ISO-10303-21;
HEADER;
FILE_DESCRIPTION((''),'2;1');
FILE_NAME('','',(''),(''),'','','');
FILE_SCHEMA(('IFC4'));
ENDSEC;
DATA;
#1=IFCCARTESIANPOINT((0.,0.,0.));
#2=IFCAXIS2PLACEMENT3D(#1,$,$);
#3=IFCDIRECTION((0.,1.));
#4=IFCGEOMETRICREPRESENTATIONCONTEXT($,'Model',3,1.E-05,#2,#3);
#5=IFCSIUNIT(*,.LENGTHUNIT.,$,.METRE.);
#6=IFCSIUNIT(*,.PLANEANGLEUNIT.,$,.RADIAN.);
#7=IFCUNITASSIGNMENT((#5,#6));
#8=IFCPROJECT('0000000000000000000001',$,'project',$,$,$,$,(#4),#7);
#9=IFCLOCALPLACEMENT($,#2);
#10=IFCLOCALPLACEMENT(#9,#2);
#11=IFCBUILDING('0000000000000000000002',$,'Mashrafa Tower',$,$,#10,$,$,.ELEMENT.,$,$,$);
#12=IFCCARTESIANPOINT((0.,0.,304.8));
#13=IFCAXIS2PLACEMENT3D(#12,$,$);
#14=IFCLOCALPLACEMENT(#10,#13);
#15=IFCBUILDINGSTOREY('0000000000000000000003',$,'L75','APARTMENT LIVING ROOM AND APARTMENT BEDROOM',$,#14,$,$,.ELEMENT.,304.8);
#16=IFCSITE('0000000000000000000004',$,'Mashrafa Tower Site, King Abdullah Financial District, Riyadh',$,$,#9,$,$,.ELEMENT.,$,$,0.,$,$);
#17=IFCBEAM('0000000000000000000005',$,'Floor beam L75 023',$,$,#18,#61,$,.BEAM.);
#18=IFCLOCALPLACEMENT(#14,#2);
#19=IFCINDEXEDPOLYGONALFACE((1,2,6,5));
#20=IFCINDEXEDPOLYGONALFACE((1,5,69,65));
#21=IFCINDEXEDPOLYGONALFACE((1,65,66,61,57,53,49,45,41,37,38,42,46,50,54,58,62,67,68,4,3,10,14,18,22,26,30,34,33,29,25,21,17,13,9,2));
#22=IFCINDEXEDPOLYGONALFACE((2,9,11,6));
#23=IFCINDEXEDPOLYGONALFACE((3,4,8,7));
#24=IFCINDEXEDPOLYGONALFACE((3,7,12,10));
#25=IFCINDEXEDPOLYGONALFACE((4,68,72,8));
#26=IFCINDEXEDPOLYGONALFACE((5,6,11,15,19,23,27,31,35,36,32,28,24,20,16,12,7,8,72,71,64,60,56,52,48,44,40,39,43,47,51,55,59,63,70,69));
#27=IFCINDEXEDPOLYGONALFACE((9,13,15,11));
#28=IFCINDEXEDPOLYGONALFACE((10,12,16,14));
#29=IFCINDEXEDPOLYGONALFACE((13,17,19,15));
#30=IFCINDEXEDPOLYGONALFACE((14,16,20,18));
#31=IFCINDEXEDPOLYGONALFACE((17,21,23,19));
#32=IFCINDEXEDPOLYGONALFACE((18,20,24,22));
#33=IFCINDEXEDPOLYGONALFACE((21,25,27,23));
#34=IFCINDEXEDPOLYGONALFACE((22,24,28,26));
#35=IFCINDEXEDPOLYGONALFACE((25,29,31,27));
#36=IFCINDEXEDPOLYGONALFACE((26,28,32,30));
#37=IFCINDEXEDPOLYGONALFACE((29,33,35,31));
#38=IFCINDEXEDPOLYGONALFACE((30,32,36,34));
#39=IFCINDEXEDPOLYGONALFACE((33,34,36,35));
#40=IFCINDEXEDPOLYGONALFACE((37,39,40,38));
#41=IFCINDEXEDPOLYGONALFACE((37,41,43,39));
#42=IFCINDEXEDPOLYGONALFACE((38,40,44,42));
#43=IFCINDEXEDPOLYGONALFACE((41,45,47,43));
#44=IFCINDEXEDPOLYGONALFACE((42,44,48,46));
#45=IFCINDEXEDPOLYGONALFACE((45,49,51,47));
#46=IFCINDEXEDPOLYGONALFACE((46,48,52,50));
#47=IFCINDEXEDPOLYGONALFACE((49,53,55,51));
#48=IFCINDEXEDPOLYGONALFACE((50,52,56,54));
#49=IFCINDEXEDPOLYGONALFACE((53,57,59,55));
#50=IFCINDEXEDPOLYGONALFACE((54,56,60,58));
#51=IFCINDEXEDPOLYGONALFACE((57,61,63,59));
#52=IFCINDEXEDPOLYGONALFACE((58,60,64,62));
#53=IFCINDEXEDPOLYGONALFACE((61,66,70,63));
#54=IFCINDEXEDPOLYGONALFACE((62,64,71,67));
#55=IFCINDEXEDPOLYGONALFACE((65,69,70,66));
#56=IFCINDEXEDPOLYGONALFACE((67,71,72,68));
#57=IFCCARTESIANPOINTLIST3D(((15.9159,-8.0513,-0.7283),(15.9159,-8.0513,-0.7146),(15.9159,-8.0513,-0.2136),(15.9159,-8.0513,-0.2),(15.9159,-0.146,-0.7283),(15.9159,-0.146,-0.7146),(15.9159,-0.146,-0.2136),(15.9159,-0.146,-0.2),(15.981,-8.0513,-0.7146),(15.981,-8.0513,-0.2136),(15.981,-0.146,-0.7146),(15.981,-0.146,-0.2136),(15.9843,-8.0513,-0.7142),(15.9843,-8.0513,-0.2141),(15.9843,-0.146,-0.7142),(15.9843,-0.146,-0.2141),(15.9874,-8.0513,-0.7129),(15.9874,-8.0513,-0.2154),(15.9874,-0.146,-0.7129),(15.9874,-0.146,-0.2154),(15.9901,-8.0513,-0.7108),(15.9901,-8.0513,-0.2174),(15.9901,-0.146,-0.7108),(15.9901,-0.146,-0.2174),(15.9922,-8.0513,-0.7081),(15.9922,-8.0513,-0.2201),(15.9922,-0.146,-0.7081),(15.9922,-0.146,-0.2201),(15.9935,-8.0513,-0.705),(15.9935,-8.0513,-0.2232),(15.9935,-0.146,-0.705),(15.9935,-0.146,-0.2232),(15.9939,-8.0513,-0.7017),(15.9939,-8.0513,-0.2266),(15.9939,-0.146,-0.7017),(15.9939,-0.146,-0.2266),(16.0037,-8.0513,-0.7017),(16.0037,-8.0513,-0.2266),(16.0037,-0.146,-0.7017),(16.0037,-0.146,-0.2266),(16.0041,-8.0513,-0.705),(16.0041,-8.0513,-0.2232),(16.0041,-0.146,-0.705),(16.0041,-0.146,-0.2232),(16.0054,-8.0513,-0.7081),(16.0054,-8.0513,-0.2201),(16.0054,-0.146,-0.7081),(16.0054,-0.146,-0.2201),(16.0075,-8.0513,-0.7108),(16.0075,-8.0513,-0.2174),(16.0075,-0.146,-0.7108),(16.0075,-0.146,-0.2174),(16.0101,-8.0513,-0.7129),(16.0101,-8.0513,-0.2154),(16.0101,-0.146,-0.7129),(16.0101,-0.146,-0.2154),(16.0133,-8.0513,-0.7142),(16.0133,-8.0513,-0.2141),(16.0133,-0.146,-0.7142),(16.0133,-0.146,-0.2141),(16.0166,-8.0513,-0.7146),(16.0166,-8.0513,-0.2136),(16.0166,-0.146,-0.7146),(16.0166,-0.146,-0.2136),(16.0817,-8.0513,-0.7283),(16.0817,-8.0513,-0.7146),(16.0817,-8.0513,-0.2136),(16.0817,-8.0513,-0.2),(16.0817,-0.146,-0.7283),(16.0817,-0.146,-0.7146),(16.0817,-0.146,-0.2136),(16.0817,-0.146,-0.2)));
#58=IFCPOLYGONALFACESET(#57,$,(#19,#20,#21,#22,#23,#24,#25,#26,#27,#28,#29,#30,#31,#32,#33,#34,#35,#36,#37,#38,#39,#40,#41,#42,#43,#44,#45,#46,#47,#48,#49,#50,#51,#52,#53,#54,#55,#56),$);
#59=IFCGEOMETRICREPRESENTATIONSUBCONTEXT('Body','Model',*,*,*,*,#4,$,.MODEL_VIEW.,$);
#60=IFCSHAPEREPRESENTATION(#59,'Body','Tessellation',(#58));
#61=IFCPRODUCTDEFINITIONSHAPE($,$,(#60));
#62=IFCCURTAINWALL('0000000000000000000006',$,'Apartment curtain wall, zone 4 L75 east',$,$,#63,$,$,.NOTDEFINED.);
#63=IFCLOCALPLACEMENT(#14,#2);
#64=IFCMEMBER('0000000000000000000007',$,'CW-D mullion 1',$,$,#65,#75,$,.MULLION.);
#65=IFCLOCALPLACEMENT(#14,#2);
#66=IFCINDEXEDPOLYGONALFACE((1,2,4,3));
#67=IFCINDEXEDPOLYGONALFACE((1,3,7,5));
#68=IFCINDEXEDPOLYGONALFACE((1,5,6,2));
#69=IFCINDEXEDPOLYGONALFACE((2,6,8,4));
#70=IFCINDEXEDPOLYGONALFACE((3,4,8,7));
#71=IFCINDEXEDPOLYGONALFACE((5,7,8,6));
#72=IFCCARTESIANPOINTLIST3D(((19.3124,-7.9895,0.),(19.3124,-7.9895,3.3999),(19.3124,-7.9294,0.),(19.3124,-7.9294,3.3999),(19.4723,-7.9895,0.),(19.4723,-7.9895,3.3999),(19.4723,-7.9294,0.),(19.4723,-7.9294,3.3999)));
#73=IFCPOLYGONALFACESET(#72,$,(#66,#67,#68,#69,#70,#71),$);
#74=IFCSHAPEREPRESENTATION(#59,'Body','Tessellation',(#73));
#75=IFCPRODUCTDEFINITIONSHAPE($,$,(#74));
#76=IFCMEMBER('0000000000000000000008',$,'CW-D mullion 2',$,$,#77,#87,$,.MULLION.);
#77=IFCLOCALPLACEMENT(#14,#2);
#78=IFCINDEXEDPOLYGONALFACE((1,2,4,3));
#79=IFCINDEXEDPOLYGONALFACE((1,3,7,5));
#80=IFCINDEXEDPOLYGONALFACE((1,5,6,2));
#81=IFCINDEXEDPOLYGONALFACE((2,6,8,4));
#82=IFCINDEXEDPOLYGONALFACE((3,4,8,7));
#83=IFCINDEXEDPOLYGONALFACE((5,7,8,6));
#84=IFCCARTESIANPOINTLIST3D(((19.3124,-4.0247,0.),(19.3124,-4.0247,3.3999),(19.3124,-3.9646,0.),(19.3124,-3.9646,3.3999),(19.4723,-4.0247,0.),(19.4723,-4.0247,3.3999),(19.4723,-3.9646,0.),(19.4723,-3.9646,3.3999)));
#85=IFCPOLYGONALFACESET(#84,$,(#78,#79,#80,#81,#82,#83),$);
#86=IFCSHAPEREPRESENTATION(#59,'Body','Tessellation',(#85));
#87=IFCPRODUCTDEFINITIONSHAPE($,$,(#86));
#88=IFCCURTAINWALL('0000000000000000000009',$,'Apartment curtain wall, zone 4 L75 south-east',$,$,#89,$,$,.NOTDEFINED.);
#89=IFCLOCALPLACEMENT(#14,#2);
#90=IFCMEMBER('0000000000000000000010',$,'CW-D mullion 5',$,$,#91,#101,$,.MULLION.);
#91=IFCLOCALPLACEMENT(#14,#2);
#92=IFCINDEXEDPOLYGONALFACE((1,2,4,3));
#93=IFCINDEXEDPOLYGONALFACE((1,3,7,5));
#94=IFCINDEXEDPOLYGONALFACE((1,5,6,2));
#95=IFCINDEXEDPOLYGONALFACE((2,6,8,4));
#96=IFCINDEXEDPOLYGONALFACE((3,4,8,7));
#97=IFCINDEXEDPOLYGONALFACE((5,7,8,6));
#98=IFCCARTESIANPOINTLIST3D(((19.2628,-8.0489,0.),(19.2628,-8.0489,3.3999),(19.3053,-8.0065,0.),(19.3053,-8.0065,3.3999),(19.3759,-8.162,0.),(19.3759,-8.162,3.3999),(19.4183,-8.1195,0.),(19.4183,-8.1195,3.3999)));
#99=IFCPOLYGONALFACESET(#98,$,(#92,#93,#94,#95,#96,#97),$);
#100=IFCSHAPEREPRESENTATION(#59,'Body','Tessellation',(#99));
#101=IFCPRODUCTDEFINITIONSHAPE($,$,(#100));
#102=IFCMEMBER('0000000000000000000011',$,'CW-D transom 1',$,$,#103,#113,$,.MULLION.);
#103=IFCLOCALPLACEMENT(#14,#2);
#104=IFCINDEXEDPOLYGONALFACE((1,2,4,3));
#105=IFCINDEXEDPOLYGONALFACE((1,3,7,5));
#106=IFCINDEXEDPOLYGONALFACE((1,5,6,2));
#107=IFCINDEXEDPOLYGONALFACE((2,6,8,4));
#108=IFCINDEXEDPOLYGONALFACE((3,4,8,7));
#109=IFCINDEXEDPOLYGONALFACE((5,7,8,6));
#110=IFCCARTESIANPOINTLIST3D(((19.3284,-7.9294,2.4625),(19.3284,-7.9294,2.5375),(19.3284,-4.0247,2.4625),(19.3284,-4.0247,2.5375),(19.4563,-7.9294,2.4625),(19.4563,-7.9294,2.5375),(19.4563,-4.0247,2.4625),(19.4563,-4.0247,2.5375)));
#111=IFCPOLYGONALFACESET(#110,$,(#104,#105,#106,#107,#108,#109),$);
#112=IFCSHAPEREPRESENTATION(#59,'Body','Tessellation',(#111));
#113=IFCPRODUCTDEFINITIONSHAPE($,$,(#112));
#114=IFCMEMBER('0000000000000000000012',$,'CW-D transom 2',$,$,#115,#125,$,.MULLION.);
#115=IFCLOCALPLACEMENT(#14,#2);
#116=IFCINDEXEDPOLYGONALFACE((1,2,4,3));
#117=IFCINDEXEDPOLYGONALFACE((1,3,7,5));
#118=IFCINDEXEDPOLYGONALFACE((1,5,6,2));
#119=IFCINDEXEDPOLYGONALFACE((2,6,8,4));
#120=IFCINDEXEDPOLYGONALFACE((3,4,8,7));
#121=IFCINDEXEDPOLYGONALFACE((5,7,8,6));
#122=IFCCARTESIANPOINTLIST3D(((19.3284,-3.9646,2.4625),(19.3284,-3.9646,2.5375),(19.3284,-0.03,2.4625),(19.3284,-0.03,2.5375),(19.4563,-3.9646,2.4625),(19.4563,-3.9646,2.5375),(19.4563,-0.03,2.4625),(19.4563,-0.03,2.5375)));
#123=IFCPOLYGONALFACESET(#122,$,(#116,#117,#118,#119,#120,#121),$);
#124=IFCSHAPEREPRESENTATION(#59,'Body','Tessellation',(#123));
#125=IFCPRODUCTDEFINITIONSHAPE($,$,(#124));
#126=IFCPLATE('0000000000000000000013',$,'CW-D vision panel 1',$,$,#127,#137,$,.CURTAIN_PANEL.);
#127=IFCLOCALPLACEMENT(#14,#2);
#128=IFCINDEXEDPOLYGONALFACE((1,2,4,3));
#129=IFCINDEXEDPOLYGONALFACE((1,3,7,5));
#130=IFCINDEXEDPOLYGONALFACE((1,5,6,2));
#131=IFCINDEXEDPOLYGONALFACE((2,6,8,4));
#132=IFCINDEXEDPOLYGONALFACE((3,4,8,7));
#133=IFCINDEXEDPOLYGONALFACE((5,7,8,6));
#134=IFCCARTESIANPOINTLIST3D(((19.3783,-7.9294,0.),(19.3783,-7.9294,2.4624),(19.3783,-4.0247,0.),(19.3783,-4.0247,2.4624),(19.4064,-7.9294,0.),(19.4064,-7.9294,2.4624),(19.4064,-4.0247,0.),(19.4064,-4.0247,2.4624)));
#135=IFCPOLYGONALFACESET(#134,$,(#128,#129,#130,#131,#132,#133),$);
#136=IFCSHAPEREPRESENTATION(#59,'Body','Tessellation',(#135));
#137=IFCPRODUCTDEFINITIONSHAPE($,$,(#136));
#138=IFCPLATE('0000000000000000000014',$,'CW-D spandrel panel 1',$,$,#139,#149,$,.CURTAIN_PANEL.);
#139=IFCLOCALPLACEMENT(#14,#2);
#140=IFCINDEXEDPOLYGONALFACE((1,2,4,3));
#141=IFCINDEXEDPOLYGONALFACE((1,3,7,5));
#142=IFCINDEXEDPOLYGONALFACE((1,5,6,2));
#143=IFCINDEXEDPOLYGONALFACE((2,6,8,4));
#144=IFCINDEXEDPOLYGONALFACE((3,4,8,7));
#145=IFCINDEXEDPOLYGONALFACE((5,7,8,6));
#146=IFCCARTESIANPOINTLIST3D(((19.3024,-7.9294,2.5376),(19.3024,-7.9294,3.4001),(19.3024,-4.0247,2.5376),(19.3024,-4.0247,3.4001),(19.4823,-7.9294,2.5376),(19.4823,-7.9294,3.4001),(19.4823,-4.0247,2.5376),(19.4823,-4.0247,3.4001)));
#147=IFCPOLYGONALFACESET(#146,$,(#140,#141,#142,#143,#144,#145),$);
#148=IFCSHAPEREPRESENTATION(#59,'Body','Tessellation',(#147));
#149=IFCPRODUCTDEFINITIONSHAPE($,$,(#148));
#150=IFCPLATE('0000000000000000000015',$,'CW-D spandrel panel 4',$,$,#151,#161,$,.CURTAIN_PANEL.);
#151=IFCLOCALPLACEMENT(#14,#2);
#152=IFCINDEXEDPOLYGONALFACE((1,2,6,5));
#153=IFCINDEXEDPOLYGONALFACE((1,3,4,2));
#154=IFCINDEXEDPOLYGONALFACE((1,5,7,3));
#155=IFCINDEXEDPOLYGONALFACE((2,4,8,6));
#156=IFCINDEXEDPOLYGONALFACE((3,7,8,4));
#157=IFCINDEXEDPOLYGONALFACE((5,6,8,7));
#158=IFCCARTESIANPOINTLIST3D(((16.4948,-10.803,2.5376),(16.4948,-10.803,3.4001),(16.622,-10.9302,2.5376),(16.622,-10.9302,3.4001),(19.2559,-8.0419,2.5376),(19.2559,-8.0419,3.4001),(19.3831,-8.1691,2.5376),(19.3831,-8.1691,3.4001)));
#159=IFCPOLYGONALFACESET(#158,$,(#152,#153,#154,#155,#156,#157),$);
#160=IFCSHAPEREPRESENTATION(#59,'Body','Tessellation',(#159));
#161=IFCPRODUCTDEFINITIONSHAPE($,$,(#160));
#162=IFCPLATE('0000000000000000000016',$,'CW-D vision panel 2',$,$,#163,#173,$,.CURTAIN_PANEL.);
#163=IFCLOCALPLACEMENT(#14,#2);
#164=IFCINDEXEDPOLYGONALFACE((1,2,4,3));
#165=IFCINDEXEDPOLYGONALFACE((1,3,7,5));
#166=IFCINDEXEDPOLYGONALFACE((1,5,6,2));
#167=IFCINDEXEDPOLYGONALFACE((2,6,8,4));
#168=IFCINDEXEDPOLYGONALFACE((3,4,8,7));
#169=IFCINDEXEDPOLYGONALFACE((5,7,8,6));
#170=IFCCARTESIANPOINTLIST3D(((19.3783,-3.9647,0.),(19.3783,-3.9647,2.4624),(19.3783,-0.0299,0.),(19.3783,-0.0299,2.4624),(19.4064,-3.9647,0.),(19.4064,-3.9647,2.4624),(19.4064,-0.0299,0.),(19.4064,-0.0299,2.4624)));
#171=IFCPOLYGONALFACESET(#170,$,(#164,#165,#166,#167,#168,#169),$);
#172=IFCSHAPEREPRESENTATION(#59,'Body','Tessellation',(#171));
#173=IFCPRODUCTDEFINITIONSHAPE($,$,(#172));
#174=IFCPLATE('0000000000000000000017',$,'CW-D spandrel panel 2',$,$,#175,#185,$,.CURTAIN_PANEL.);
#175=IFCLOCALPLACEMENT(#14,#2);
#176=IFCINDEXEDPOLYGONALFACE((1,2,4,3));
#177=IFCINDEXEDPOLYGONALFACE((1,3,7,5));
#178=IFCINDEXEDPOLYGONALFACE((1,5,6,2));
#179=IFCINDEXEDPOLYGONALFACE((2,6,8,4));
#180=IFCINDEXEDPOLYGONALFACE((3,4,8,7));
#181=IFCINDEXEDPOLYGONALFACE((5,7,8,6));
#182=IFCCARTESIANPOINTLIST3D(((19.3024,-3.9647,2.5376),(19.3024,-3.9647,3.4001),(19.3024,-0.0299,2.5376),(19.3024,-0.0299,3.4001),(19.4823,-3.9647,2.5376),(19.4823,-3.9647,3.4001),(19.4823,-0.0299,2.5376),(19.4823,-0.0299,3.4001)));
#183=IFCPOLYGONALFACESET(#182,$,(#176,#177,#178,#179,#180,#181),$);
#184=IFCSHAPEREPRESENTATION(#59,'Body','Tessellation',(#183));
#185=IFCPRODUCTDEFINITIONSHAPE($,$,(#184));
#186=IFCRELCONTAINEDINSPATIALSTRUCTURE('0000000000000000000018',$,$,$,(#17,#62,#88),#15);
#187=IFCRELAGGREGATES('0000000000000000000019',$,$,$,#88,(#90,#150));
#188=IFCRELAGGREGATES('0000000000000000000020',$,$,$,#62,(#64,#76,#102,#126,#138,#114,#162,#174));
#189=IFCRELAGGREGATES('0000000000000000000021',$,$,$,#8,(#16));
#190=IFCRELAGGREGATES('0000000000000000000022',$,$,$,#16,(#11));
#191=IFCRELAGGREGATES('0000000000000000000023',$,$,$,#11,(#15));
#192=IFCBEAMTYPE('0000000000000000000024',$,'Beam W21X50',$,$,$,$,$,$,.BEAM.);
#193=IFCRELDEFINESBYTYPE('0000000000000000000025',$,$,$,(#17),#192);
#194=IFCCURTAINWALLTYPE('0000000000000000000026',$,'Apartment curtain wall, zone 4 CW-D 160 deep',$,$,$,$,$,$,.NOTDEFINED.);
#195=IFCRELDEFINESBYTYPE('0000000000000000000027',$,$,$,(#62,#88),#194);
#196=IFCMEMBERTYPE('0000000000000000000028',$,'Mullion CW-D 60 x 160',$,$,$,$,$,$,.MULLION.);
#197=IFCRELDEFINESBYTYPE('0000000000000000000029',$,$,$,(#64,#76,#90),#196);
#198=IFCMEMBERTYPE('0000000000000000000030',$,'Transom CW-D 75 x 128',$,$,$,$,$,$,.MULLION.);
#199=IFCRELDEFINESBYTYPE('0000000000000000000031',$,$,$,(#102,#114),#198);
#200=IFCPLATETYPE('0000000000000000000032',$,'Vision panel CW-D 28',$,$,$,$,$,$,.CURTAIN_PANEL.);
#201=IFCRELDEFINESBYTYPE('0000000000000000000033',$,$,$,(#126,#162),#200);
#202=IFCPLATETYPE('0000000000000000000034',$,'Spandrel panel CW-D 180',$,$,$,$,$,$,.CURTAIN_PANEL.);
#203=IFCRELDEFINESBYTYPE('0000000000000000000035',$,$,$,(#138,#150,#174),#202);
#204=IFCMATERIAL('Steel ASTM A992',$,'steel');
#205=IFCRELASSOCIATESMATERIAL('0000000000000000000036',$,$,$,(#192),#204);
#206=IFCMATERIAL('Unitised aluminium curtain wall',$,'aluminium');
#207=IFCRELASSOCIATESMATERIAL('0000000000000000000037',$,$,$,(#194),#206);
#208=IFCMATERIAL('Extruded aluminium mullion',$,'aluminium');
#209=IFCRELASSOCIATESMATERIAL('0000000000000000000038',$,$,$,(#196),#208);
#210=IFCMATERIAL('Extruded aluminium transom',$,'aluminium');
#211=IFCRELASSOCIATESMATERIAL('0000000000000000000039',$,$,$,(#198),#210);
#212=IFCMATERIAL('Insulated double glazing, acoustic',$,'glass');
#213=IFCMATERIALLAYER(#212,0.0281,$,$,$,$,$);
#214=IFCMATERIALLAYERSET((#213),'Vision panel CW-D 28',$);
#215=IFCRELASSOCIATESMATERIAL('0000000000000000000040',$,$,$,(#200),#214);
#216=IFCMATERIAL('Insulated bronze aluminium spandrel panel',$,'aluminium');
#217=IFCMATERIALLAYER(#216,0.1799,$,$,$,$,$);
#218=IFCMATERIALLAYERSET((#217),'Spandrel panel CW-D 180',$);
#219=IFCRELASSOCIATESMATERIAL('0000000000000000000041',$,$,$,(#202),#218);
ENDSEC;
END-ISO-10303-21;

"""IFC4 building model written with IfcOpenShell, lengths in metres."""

from ifc_helpers import new_model, si_unit, direction, frame, origin, origin_2d, place, context, subcontext, project, spatial, rectangle, i_section, extrude, source, transform, mapped, material, layer, layer_set, material_profile, profile_set, type_object, type_shapes, element, aggregate, save


model = new_model("IFC4")

# Units and contexts
model_context = context("Model", 3, precision=1e-05, world=origin(), true_north=direction((0.0, 1.0)))
body_context = subcontext(model_context, "Body", "Model", "MODEL_VIEW")
ifc_project = project(units=[si_unit("LENGTHUNIT", "METRE"), si_unit("PLANEANGLEUNIT", "RADIAN")], contexts=[model_context])

# Site, building, storey
site_placement = place(None, origin())
site = spatial("IfcSite", under=ifc_project, at=site_placement, Name="Mashrafa Tower Site, King Abdullah Financial District, Riyadh", CompositionType="ELEMENT", RefElevation=0.0)
building_placement = place(site_placement, origin())
building = spatial("IfcBuilding", under=site, at=building_placement, Name="Mashrafa Tower", CompositionType="ELEMENT")
storey_placement = place(building_placement, frame((0.0, 0.0, 304.8)))
storey = spatial("IfcBuildingStorey", under=building, at=storey_placement, Name="L75", Description="APARTMENT LIVING ROOM AND APARTMENT BEDROOM", CompositionType="ELEMENT", Elevation=304.8)

# Beam
ifc_material_1 = material(Name="Steel ASTM A992", Category="steel")
ifc_material_profile_1 = material_profile(ifc_material_1, i_section(OverallWidth=0.1658, OverallDepth=0.5283, WebThickness=0.0098, FlangeThickness=0.0137, FilletRadius=0.0129, at=origin_2d()), Name="W21X50")
ifc_profile_set_1 = profile_set([ifc_material_profile_1], Name="Steel ASTM A992")
beam_type_1 = type_object("IfcBeamType", Name="Beam W21X50", PredefinedType="BEAM", material=ifc_profile_set_1)
beam_1_placement = place(storey_placement, frame((15.9988, -0.146, -0.4641), z_axis=(0.0, -1.0, 0.0), x_axis=(1.0, 0.0, 0.0)))
element("IfcBeam", 1, at=beam_1_placement, inside=storey, type_object=beam_type_1, Name="Floor beam L75 023", PredefinedType="BEAM", context=body_context, shape_type="SweptSolid", body=[
    extrude(i_section(OverallWidth=0.1658, OverallDepth=0.5283, WebThickness=0.0098, FlangeThickness=0.0137, FilletRadius=0.0129, at=origin_2d()), origin(), (0.0, 0.0, 1.0), 7.9053),
])

# Curtain wall, members
ifc_material_2 = material(Name="Unitised aluminium curtain wall", Category="aluminium")
curtain_wall_type = type_object("IfcCurtainWallType", Name="Apartment curtain wall, zone 4 CW-D 160 deep", PredefinedType="NOTDEFINED", material=ifc_material_2)
curtain_wall_1_placement = place(storey_placement, origin())
curtain_wall_1 = element("IfcCurtainWall", 2, at=curtain_wall_1_placement, inside=storey, type_object=curtain_wall_type, Name="Apartment curtain wall, zone 4 L75 east", PredefinedType="NOTDEFINED")
ifc_material_3 = material(Name="Extruded aluminium mullion", Category="aluminium")
ifc_material_profile_2 = material_profile(ifc_material_3, rectangle(XDim=0.1599, YDim=0.0601, at=origin_2d()), Name="Mullion 60x160")
ifc_profile_set_2 = profile_set([ifc_material_profile_2], Name="Extruded aluminium mullion")
member_type_1 = type_object("IfcMemberType", Name="Mullion CW-D 60 x 160", PredefinedType="MULLION", material=ifc_profile_set_2)
shared_shape_1 = source(origin(), body_context, "Body", "SweptSolid", [
    extrude(rectangle(XDim=0.1599, YDim=0.0601, at=origin_2d()), origin(), (0.0, 0.0, 1.0), 3.3999),
])
type_shapes(member_type_1, [shared_shape_1])
member_1_placement = place(storey_placement, frame((19.3923, -7.9595, 0.0), z_axis=(0.0, 0.0, 1.0), x_axis=(-1.0, 0.0, 0.0)))
member_1 = element("IfcMember", 3, at=member_1_placement, type_object=member_type_1, Name="CW-D mullion 1", PredefinedType="MULLION", context=body_context, shape_type="MappedRepresentation", body=[
    mapped(shared_shape_1, transform((0.0, 0.0, 0.0))),
])
member_2_placement = place(storey_placement, frame((19.3923, -3.9946, 0.0), z_axis=(0.0, 0.0, 1.0), x_axis=(-1.0, 0.0, 0.0)))
member_2 = element("IfcMember", 4, at=member_2_placement, type_object=member_type_1, Name="CW-D mullion 2", PredefinedType="MULLION", context=body_context, shape_type="MappedRepresentation", body=[
    mapped(shared_shape_1, transform((0.0, 0.0, 0.0))),
])

# Curtain wall, member
curtain_wall_2_placement = place(storey_placement, origin())
curtain_wall_2 = element("IfcCurtainWall", 5, at=curtain_wall_2_placement, inside=storey, type_object=curtain_wall_type, Name="Apartment curtain wall, zone 4 L75 south-east", PredefinedType="NOTDEFINED")
member_3_placement = place(storey_placement, frame((19.3406, -8.0842, 0.0), z_axis=(0.0, 0.0, 1.0), x_axis=(-0.707107, 0.707107, 0.0)))
member_3 = element("IfcMember", 6, at=member_3_placement, type_object=member_type_1, Name="CW-D mullion 5", PredefinedType="MULLION", context=body_context, shape_type="MappedRepresentation", body=[
    mapped(shared_shape_1, transform((0.0, 0.0, 0.0))),
])

# Members
ifc_material_4 = material(Name="Extruded aluminium transom", Category="aluminium")
ifc_material_profile_3 = material_profile(ifc_material_4, rectangle(XDim=0.1279, YDim=0.075, at=origin_2d()), Name="Transom 75x128")
ifc_profile_set_3 = profile_set([ifc_material_profile_3], Name="Extruded aluminium transom")
member_type_2 = type_object("IfcMemberType", Name="Transom CW-D 75 x 128", PredefinedType="MULLION", material=ifc_profile_set_3)
shared_shape_2 = source(origin(), body_context, "Body", "SweptSolid", [
    extrude(rectangle(XDim=0.1279, YDim=0.075, at=origin_2d()), origin(), (0.0, 0.0, 1.0), 3.9048),
])
member_4_placement = place(storey_placement, frame((19.3923, -7.9294, 2.5), z_axis=(0.0, 1.0, 0.0), x_axis=(-1.0, 0.0, 0.0)))
member_4 = element("IfcMember", 7, at=member_4_placement, type_object=member_type_2, Name="CW-D transom 1", PredefinedType="MULLION", context=body_context, shape_type="MappedRepresentation", body=[
    mapped(shared_shape_2, transform((0.0, 0.0, 0.0))),
])
shared_shape_3 = source(origin(), body_context, "Body", "SweptSolid", [
    extrude(rectangle(XDim=0.1279, YDim=0.075, at=origin_2d()), origin(), (0.0, 0.0, 1.0), 3.9346),
])
type_shapes(member_type_2, [shared_shape_2, shared_shape_3])
member_5_placement = place(storey_placement, frame((19.3923, -3.9646, 2.5), z_axis=(0.0, 1.0, 0.0), x_axis=(-1.0, 0.0, 0.0)))
member_5 = element("IfcMember", 8, at=member_5_placement, type_object=member_type_2, Name="CW-D transom 2", PredefinedType="MULLION", context=body_context, shape_type="MappedRepresentation", body=[
    mapped(shared_shape_3, transform((0.0, 0.0, 0.0))),
])

# Plates
ifc_material_5 = material(Name="Insulated double glazing, acoustic", Category="glass")
ifc_layer_1 = layer(ifc_material_5, 0.0281)
ifc_layer_set_1 = layer_set([ifc_layer_1], Name="Vision panel CW-D 28")
plate_type_1 = type_object("IfcPlateType", Name="Vision panel CW-D 28", PredefinedType="CURTAIN_PANEL", material=ifc_layer_set_1)
shared_shape_4 = source(origin(), body_context, "Body", "SweptSolid", [
    extrude(rectangle(XDim=3.9048, YDim=0.0281, at=origin_2d()), origin(), (0.0, 0.0, 1.0), 2.4624),
])
plate_1_placement = place(storey_placement, frame((19.3923, -5.9771, 0.0), z_axis=(0.0, 0.0, 1.0), x_axis=(0.0, 1.0, 0.0)))
plate_1 = element("IfcPlate", 9, at=plate_1_placement, type_object=plate_type_1, Name="CW-D vision panel 1", PredefinedType="CURTAIN_PANEL", context=body_context, shape_type="MappedRepresentation", body=[
    mapped(shared_shape_4, transform((0.0, 0.0, 0.0))),
])
ifc_material_6 = material(Name="Insulated bronze aluminium spandrel panel", Category="aluminium")
ifc_layer_2 = layer(ifc_material_6, 0.1799)
ifc_layer_set_2 = layer_set([ifc_layer_2], Name="Spandrel panel CW-D 180")
plate_type_2 = type_object("IfcPlateType", Name="Spandrel panel CW-D 180", PredefinedType="CURTAIN_PANEL", material=ifc_layer_set_2)
shared_shape_5 = source(origin(), body_context, "Body", "SweptSolid", [
    extrude(rectangle(XDim=3.9048, YDim=0.1799, at=origin_2d()), origin(), (0.0, 0.0, 1.0), 0.8625),
])
plate_2_placement = place(storey_placement, frame((19.3923, -5.9771, 2.5376), z_axis=(0.0, 0.0, 1.0), x_axis=(0.0, 1.0, 0.0)))
plate_2 = element("IfcPlate", 10, at=plate_2_placement, type_object=plate_type_2, Name="CW-D spandrel panel 1", PredefinedType="CURTAIN_PANEL", context=body_context, shape_type="MappedRepresentation", body=[
    mapped(shared_shape_5, transform((0.0, 0.0, 0.0))),
])
plate_3_placement = place(storey_placement, frame((17.939, -9.4861, 2.5376), z_axis=(0.0, 0.0, 1.0), x_axis=(0.707107, 0.707107, 0.0)))
plate_3 = element("IfcPlate", 11, at=plate_3_placement, type_object=plate_type_2, Name="CW-D spandrel panel 4", PredefinedType="CURTAIN_PANEL", context=body_context, shape_type="MappedRepresentation", body=[
    mapped(shared_shape_5, transform((0.0, 0.0, 0.0))),
])
aggregate(curtain_wall_2, [member_3, plate_3])
shared_shape_6 = source(origin(), body_context, "Body", "SweptSolid", [
    extrude(rectangle(XDim=3.9348, YDim=0.0281, at=origin_2d()), origin(), (0.0, 0.0, 1.0), 2.4624),
])
type_shapes(plate_type_1, [shared_shape_4, shared_shape_6])
plate_4_placement = place(storey_placement, frame((19.3923, -1.9973, 0.0), z_axis=(0.0, 0.0, 1.0), x_axis=(0.0, 1.0, 0.0)))
plate_4 = element("IfcPlate", 12, at=plate_4_placement, type_object=plate_type_1, Name="CW-D vision panel 2", PredefinedType="CURTAIN_PANEL", context=body_context, shape_type="MappedRepresentation", body=[
    mapped(shared_shape_6, transform((0.0, 0.0, 0.0))),
])
shared_shape_7 = source(origin(), body_context, "Body", "SweptSolid", [
    extrude(rectangle(XDim=3.9348, YDim=0.1799, at=origin_2d()), origin(), (0.0, 0.0, 1.0), 0.8625),
])
type_shapes(plate_type_2, [shared_shape_5, shared_shape_7])
plate_5_placement = place(storey_placement, frame((19.3923, -1.9973, 2.5376), z_axis=(0.0, 0.0, 1.0), x_axis=(0.0, 1.0, 0.0)))
plate_5 = element("IfcPlate", 13, at=plate_5_placement, type_object=plate_type_2, Name="CW-D spandrel panel 2", PredefinedType="CURTAIN_PANEL", context=body_context, shape_type="MappedRepresentation", body=[
    mapped(shared_shape_7, transform((0.0, 0.0, 0.0))),
])
aggregate(curtain_wall_1, [member_1, member_2, member_4, plate_1, plate_2, member_5, plate_4, plate_5])

save(model, "model.ifc")
